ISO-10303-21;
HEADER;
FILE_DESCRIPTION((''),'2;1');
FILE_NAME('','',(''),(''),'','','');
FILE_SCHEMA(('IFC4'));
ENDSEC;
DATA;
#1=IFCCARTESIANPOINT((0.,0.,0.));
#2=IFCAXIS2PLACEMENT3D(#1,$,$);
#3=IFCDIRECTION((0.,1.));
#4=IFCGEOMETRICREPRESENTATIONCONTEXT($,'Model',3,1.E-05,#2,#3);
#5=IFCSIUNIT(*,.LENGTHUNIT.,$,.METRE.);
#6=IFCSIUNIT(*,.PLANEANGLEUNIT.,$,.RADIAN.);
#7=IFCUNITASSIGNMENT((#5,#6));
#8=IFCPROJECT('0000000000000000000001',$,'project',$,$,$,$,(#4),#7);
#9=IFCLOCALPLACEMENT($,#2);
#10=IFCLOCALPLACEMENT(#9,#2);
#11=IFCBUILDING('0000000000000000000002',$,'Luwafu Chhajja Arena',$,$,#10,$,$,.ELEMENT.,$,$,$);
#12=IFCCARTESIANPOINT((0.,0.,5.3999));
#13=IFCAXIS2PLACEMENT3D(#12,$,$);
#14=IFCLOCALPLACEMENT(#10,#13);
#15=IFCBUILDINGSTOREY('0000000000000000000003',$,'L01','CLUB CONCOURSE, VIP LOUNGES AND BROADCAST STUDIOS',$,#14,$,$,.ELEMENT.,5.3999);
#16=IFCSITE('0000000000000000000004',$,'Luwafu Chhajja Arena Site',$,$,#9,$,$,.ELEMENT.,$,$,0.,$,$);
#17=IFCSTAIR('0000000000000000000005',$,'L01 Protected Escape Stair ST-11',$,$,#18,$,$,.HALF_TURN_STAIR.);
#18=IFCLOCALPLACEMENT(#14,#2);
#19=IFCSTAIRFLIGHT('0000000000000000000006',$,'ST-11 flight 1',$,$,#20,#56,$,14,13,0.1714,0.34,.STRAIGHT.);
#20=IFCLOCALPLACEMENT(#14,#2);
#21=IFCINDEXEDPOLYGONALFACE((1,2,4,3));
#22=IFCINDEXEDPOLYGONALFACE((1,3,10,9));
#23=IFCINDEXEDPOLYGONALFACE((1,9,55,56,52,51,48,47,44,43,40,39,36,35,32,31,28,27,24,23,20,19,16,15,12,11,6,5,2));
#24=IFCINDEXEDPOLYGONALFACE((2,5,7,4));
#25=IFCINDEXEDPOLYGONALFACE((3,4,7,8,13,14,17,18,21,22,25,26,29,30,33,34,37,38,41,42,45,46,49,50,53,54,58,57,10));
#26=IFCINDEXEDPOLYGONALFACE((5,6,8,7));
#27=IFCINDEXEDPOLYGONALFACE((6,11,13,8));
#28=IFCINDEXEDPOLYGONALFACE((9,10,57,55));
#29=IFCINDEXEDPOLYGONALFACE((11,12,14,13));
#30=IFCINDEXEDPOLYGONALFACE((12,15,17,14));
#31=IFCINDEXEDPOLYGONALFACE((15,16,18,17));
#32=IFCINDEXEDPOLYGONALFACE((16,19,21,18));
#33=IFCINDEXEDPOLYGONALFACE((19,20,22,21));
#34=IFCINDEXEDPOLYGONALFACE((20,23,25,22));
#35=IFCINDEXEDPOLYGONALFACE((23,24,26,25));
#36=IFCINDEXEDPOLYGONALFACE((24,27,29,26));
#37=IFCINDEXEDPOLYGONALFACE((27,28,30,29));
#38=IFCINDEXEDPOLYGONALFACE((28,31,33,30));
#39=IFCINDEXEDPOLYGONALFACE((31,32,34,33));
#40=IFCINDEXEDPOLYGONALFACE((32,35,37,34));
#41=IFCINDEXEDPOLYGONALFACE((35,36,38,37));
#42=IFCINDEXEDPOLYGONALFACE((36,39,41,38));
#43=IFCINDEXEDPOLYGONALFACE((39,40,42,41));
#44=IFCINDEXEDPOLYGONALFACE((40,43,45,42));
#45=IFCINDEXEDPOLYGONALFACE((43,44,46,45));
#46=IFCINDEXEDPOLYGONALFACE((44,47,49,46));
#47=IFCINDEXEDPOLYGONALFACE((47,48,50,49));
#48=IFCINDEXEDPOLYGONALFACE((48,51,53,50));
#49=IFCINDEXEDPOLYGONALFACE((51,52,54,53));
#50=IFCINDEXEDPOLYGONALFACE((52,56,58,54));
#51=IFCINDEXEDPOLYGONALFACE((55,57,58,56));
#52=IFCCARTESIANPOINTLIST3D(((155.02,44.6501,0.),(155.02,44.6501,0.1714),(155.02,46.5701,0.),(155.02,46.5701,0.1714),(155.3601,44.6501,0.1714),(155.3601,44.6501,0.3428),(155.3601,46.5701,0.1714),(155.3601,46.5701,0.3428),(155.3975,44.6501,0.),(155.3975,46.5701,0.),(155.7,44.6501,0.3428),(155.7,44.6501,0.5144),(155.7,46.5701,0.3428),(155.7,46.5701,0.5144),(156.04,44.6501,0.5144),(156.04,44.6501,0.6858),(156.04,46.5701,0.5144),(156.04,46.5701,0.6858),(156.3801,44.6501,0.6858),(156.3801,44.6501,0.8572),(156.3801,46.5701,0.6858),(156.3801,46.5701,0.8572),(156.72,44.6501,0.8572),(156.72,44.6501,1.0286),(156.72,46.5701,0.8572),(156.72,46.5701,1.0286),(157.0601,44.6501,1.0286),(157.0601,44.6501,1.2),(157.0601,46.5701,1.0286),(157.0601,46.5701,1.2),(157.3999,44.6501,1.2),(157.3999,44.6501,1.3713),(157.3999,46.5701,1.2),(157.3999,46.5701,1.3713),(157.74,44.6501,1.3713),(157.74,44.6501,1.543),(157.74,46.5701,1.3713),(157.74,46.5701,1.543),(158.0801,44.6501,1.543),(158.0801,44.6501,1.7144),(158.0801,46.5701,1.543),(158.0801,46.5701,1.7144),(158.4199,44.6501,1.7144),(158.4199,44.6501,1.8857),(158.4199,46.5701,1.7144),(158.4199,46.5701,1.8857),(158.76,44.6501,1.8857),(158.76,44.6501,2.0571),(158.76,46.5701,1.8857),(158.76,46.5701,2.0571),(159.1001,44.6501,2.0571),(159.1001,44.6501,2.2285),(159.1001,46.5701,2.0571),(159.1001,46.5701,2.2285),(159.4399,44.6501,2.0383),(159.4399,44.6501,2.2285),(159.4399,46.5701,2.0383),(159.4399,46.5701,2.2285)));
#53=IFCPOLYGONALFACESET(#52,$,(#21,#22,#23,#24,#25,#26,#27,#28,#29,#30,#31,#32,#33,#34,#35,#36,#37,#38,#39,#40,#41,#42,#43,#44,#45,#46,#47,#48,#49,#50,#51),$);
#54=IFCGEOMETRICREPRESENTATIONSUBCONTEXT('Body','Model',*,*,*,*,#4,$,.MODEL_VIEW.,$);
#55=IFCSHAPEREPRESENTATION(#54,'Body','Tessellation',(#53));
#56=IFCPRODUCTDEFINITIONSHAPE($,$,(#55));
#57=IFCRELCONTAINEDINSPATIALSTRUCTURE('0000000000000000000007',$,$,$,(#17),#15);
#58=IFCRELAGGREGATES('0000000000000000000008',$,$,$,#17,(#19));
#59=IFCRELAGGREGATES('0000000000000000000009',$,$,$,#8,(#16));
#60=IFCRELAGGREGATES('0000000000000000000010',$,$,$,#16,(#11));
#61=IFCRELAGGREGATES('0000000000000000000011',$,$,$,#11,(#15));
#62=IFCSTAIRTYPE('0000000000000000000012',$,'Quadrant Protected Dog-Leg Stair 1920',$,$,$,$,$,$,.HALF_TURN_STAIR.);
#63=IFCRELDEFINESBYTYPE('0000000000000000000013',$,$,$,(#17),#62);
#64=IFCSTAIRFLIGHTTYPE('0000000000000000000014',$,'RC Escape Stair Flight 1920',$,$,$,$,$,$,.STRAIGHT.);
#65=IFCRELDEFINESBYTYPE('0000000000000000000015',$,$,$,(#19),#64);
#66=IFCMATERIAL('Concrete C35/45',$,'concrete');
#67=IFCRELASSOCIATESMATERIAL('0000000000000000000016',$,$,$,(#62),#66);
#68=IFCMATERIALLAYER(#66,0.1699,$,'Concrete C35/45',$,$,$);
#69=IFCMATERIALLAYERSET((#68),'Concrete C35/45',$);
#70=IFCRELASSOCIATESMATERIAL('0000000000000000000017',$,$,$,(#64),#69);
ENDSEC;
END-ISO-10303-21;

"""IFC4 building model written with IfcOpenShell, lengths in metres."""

from ifc_helpers import new_model, si_unit, direction, frame, origin, place, context, subcontext, project, spatial, polyline, outline, extrude, material, layer, layer_set, type_object, element, aggregate, save


model = new_model("IFC4")

# Units and contexts
model_context = context("Model", 3, precision=1e-05, world=origin(), true_north=direction((0.0, 1.0)))
body_context = subcontext(model_context, "Body", "Model", "MODEL_VIEW")
ifc_project = project(units=[si_unit("LENGTHUNIT", "METRE"), si_unit("PLANEANGLEUNIT", "RADIAN")], contexts=[model_context])

# Site, building, storey
site_placement = place(None, origin())
site = spatial("IfcSite", under=ifc_project, at=site_placement, Name="Luwafu Chhajja Arena Site", CompositionType="ELEMENT", RefElevation=0.0)
building_placement = place(site_placement, origin())
building = spatial("IfcBuilding", under=site, at=building_placement, Name="Luwafu Chhajja Arena", CompositionType="ELEMENT")
storey_placement = place(building_placement, frame((0.0, 0.0, 5.3999)))
storey = spatial("IfcBuildingStorey", under=building, at=storey_placement, Name="L01", Description="CLUB CONCOURSE, VIP LOUNGES AND BROADCAST STUDIOS", CompositionType="ELEMENT", Elevation=5.3999)

# Shared definitions
ifc_material_1 = material(Name="Concrete C35/45", Category="concrete")

# Stair, stair flight
stair_type = type_object("IfcStairType", Name="Quadrant Protected Dog-Leg Stair 1920", PredefinedType="HALF_TURN_STAIR", material=ifc_material_1)
stair_placement = place(storey_placement, origin())
stair = element("IfcStair", 1, at=stair_placement, inside=storey, type_object=stair_type, Name="L01 Protected Escape Stair ST-11", PredefinedType="HALF_TURN_STAIR")
ifc_layer_1 = layer(ifc_material_1, 0.1699, Name="Concrete C35/45")
ifc_layer_set_1 = layer_set([ifc_layer_1], Name="Concrete C35/45")
stair_flight_type = type_object("IfcStairFlightType", Name="RC Escape Stair Flight 1920", PredefinedType="STRAIGHT", material=ifc_layer_set_1)
stair_flight_placement = place(storey_placement, frame((155.02, 45.6101, 0.0), z_axis=(0.0, 0.0, 1.0), x_axis=(1.0, 0.0, 0.0)))
stair_flight = element("IfcStairFlight", 2, at=stair_flight_placement, type_object=stair_flight_type, Name="ST-11 flight 1", NumberOfRisers=14, NumberOfTreads=13, PredefinedType="STRAIGHT", RiserHeight=0.1714, TreadLength=0.34, context=body_context, shape_type="SweptSolid", body=[
    extrude(outline(polyline([(0.0, 0.0), (0.0, 0.1714), (0.3401, 0.1714), (0.3401, 0.3428), (0.6799, 0.3428), (0.6799, 0.5144), (1.02, 0.5144), (1.02, 0.6858), (1.3601, 0.6858), (1.3601, 0.8572), (1.7, 0.8572), (1.7, 1.0286), (2.04, 1.0286), (2.04, 1.2), (2.3799, 1.2), (2.3799, 1.3713), (2.72, 1.3713), (2.72, 1.543), (3.0601, 1.543), (3.0601, 1.7144), (3.3999, 1.7144), (3.3999, 1.8857), (3.74, 1.8857), (3.74, 2.0571), (4.0801, 2.0571), (4.0801, 2.2285), (4.4199, 2.2285), (4.4199, 2.3999), (4.4199, 2.0383), (0.3774, 0.0), (0.0, 0.0)])), frame((0.0, 0.96, 0.0), z_axis=(0.0, -1.0, 0.0), x_axis=(1.0, 0.0, 0.0)), (0.0, 0.0, 1.0), 1.9199),
])
aggregate(stair, [stair_flight])

save(model, "model.ifc")
